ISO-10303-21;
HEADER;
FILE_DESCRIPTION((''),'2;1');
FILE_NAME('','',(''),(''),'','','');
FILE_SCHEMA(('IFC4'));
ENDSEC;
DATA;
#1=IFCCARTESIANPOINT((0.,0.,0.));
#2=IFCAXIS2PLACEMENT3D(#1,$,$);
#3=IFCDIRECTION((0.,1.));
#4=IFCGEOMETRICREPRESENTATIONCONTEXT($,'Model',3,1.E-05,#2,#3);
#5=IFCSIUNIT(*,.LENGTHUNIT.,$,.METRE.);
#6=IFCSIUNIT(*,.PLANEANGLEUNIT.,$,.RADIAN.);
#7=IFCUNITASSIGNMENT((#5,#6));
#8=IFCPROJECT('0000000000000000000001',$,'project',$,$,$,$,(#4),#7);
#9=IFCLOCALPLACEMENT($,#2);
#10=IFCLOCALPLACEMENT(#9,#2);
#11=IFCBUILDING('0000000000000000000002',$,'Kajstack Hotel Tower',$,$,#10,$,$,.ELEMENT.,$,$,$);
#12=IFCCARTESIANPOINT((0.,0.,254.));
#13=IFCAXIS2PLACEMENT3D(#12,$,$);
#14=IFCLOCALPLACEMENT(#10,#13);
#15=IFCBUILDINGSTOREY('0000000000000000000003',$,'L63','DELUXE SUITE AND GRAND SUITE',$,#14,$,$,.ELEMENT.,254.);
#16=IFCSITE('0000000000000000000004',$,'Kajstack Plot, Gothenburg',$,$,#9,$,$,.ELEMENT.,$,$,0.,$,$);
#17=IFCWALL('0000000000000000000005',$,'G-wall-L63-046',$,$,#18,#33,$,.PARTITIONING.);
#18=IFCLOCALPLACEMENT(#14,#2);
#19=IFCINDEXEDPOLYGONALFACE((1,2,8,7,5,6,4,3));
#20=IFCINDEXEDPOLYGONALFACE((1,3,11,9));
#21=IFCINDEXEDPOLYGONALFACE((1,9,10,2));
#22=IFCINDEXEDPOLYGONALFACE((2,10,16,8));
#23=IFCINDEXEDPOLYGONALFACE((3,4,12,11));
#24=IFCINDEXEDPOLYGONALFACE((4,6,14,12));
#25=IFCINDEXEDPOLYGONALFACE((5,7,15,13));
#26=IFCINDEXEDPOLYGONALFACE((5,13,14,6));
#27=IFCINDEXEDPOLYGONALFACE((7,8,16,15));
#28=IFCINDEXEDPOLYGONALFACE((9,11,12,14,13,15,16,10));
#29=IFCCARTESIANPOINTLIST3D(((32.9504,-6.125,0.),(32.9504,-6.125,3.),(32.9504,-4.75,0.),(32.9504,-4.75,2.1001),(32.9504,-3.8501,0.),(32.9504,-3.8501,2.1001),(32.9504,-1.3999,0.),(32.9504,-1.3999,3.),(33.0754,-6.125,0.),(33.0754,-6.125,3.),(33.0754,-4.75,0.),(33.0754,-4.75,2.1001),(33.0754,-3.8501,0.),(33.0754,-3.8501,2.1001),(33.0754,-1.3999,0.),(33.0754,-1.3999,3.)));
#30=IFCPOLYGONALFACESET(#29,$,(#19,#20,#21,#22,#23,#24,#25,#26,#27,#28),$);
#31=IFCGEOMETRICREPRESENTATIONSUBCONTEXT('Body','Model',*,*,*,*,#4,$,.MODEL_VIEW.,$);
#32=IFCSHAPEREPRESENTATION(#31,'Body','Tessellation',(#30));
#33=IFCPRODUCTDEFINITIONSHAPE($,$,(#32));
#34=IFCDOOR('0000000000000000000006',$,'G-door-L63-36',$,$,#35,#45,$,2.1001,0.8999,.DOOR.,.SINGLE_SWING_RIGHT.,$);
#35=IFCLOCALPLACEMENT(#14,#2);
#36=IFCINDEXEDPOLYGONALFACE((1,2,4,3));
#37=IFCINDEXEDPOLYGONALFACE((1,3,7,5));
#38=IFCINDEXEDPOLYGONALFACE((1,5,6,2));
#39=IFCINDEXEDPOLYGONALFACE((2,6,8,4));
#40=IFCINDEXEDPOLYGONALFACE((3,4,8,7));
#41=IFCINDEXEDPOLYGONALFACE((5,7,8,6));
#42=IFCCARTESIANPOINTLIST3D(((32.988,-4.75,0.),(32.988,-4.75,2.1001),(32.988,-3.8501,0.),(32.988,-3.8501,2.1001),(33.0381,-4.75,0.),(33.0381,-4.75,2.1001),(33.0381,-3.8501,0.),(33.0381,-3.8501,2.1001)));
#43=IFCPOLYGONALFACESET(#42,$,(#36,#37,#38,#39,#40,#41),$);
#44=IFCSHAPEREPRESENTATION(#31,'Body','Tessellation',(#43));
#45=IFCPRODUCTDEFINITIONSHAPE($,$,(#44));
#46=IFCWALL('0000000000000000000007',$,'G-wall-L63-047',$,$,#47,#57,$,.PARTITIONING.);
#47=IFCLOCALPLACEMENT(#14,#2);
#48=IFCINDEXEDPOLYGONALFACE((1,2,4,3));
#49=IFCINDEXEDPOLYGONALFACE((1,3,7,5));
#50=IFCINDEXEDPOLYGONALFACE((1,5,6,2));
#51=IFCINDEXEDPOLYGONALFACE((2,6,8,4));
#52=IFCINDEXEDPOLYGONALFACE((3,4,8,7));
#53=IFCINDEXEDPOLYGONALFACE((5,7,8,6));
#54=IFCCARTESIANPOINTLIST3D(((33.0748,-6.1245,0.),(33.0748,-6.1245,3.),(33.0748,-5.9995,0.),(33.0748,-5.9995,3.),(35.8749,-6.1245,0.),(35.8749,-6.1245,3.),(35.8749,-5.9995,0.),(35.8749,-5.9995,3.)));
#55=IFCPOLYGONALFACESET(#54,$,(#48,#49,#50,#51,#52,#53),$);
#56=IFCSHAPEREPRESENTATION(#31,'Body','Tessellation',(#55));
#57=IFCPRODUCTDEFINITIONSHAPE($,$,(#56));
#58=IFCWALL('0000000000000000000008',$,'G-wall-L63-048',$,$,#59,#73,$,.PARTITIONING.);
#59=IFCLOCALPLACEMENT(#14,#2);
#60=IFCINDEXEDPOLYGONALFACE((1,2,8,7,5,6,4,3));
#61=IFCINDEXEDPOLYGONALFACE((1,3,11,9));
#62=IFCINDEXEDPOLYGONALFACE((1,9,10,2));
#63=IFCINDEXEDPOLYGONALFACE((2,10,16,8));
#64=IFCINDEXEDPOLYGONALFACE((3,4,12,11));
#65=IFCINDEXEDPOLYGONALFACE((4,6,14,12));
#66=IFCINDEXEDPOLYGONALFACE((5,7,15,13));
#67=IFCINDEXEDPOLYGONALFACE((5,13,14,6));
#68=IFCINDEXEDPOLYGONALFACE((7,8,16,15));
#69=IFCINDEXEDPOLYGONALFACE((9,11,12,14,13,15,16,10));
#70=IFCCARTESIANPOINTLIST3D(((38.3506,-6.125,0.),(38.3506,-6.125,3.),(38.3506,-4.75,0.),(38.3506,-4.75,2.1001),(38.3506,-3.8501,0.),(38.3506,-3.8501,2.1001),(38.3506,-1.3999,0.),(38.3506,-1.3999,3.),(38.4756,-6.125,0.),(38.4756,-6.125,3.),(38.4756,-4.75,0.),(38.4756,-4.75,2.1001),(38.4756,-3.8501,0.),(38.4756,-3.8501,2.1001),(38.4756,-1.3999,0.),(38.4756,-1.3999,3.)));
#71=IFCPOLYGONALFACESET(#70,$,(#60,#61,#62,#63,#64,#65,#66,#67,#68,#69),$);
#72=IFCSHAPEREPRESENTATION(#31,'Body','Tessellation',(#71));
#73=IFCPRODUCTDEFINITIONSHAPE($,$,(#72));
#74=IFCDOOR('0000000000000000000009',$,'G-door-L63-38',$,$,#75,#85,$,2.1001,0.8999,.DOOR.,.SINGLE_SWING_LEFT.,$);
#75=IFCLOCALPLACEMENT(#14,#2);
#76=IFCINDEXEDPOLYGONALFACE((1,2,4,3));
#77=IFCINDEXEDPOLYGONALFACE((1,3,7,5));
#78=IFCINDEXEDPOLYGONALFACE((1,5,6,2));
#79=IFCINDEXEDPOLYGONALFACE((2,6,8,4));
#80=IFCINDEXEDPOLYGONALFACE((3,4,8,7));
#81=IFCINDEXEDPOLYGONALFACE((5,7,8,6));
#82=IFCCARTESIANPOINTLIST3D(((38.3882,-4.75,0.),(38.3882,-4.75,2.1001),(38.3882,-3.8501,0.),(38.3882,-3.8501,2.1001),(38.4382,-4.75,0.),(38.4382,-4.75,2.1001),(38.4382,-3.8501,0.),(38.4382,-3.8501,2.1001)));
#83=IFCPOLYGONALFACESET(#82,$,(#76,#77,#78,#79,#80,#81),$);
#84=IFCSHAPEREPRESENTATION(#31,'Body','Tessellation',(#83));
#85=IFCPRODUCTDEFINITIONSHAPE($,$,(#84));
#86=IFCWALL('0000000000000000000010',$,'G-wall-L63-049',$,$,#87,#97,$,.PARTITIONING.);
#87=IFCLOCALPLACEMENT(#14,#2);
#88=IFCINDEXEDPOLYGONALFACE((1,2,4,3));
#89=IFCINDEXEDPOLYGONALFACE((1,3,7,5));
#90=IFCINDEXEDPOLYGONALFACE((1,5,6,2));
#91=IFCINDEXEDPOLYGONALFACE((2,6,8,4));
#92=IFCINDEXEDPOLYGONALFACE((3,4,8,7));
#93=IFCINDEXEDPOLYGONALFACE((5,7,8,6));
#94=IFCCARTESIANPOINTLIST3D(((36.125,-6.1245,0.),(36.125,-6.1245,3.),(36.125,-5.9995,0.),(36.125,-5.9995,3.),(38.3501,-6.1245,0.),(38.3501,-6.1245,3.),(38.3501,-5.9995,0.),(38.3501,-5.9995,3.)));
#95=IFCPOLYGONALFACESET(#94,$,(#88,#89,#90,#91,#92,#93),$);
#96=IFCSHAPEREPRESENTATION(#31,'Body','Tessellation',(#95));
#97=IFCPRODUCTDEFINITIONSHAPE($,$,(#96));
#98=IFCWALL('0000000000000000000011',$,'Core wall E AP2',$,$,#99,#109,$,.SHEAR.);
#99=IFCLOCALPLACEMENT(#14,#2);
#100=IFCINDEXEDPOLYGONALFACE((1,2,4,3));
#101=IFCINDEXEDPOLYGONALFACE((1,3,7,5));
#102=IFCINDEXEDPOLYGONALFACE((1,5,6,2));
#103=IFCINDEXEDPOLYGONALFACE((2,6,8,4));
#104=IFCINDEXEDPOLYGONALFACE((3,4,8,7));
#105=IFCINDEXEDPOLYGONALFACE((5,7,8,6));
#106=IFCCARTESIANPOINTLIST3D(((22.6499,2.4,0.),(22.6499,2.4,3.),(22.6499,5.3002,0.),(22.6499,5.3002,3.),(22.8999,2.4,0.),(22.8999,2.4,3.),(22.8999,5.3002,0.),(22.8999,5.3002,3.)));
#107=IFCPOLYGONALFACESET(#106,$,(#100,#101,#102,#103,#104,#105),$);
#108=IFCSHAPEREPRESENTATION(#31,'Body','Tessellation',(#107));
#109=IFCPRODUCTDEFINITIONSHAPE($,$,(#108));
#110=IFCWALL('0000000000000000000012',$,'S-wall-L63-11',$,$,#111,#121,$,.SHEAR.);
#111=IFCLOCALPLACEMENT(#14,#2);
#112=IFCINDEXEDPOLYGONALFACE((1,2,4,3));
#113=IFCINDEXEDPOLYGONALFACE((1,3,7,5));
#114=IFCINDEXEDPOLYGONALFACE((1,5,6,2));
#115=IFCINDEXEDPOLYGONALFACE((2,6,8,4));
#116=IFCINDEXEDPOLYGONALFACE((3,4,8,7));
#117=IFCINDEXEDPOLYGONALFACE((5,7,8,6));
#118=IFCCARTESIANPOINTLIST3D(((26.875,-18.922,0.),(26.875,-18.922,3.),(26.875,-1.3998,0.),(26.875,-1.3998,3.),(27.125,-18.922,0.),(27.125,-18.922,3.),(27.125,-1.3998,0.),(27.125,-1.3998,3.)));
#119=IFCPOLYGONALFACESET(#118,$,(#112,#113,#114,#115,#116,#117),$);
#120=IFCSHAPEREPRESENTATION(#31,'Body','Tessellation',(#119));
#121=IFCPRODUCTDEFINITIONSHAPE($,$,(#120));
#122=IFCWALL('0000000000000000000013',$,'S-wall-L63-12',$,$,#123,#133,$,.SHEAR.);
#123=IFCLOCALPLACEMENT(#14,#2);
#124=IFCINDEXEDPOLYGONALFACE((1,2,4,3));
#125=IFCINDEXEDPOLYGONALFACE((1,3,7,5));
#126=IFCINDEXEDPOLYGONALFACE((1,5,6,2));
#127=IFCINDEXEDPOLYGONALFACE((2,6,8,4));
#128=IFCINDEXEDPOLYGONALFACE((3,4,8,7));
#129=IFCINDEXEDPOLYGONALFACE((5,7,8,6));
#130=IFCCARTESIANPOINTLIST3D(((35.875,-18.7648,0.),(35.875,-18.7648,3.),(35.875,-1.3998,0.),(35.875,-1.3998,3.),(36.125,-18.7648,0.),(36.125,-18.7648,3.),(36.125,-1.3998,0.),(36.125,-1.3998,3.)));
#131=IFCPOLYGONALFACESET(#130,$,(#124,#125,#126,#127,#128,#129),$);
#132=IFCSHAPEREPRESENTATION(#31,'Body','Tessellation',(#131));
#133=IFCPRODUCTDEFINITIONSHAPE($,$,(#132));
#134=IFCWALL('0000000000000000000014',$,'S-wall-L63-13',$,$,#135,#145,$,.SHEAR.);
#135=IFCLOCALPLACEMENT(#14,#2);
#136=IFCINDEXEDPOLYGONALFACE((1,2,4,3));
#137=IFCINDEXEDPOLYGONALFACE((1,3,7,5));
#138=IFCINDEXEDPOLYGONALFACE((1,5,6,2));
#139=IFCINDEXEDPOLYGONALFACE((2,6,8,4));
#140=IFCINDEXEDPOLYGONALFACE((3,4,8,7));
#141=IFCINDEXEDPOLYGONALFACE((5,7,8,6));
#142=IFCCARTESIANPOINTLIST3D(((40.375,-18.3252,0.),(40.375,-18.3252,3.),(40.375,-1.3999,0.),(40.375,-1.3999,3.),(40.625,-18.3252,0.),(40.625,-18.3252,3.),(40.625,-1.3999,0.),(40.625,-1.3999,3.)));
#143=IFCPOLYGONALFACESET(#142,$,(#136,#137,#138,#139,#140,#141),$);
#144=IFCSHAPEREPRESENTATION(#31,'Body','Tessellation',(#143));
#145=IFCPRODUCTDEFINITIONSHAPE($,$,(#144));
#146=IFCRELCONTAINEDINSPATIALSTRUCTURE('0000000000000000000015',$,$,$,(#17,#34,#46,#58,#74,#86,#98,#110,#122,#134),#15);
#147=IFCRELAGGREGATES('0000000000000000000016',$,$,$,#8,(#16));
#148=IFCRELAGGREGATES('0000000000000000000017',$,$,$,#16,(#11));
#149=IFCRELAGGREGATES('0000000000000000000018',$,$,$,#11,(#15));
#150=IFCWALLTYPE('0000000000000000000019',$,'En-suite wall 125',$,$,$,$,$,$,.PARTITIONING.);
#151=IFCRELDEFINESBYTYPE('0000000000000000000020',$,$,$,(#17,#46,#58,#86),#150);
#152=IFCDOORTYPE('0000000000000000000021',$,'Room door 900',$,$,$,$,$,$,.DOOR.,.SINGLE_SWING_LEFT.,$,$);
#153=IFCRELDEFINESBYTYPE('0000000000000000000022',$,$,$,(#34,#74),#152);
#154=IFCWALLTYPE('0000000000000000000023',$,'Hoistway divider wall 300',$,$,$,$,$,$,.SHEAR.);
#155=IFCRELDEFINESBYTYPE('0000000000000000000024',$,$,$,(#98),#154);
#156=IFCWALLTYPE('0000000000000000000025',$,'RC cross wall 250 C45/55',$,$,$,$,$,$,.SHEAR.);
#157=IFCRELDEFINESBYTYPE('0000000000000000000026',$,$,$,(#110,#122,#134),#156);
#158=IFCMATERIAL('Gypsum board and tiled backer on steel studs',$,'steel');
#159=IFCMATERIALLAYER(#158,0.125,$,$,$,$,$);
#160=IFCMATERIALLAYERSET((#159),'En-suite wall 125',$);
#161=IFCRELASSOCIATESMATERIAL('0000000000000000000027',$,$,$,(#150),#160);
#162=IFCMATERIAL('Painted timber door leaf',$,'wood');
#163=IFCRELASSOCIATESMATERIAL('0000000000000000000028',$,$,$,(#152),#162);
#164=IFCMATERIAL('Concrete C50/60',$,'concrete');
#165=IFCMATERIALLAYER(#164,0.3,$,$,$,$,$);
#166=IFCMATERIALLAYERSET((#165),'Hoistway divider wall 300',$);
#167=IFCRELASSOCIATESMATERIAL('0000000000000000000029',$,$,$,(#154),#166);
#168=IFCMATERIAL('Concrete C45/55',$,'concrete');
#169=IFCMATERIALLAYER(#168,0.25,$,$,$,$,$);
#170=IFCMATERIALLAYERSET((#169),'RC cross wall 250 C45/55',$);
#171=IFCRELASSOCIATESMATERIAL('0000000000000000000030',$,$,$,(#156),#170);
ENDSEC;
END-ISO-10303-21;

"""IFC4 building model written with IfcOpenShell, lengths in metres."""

from ifc_helpers import new_model, si_unit, direction, frame, frame_2d, origin, place, context, subcontext, project, spatial, rectangle, extrude, material, layer, layer_set, type_object, element, fill, save


model = new_model("IFC4")

# Units and contexts
model_context = context("Model", 3, precision=1e-05, world=origin(), true_north=direction((0.0, 1.0)))
body_context = subcontext(model_context, "Body", "Model", "MODEL_VIEW")
ifc_project = project(units=[si_unit("LENGTHUNIT", "METRE"), si_unit("PLANEANGLEUNIT", "RADIAN")], contexts=[model_context])

# Site, building, storey
site_placement = place(None, origin())
site = spatial("IfcSite", under=ifc_project, at=site_placement, Name="Kajstack Plot, Gothenburg", CompositionType="ELEMENT", RefElevation=0.0)
building_placement = place(site_placement, origin())
building = spatial("IfcBuilding", under=site, at=building_placement, Name="Kajstack Hotel Tower", CompositionType="ELEMENT")
storey_placement = place(building_placement, frame((0.0, 0.0, 254.0)))
storey = spatial("IfcBuildingStorey", under=building, at=storey_placement, Name="L63", Description="DELUXE SUITE AND GRAND SUITE", CompositionType="ELEMENT", Elevation=254.0)

# Shared definitions
ifc_material_1 = material(Name="Gypsum board and tiled backer on steel studs", Category="steel")
ifc_layer_1 = layer(ifc_material_1, 0.125)
ifc_layer_set_1 = layer_set([ifc_layer_1], Name="En-suite wall 125")
wall_type_1 = type_object("IfcWallType", Name="En-suite wall 125", PredefinedType="PARTITIONING", material=ifc_layer_set_1)
ifc_material_2 = material(Name="Painted timber door leaf", Category="wood")
door_type_1 = type_object("IfcDoorType", Name="Room door 900", OperationType="SINGLE_SWING_LEFT", PredefinedType="DOOR", material=ifc_material_2)

# Wall, opening, door
wall_1_placement = place(storey_placement, frame((33.0129, -6.125, 0.0), z_axis=(0.0, 0.0, 1.0), x_axis=(0.0, 1.0, 0.0)))
wall_1 = element("IfcWall", 1, at=wall_1_placement, inside=storey, type_object=wall_type_1, Name="G-wall-L63-046", PredefinedType="PARTITIONING", context=body_context, shape_type="SweptSolid", body=[
    extrude(rectangle(XDim=4.7251, YDim=0.125, at=frame_2d((2.3625, 0.0))), origin(), (0.0, 0.0, 1.0), 3.0),
])
opening_1_placement = place(wall_1_placement, frame((1.375, 0.0, 0.0)))
opening_1 = element("IfcOpeningElement", 2, at=opening_1_placement, cuts=wall_1, PredefinedType="OPENING", context=body_context, shape_type="SweptSolid", body=[
    extrude(rectangle(XDim=0.8999, YDim=2.1001, at=frame_2d((0.45, 1.05))), frame((0.0, 0.0725, 0.0), z_axis=(0.0, -1.0, 0.0), x_axis=(1.0, 0.0, 0.0)), (0.0, 0.0, 1.0), 0.145),
])
door_1_placement = place(opening_1_placement, origin())
door_1 = element("IfcDoor", 3, at=door_1_placement, inside=storey, type_object=door_type_1, Name="G-door-L63-36", OperationType="SINGLE_SWING_RIGHT", OverallHeight=2.1001, OverallWidth=0.8999, PredefinedType="DOOR", context=body_context, shape_type="SweptSolid", body=[
    extrude(rectangle(XDim=0.8999, YDim=2.1001, at=frame_2d((0.45, 1.05))), frame((0.0, 0.0249, 0.0), z_axis=(0.0, -1.0, 0.0), x_axis=(1.0, 0.0, 0.0)), (0.0, 0.0, 1.0), 0.05),
])
fill(opening_1, door_1)

# Wall
wall_2_placement = place(storey_placement, frame((33.075, -6.062, 0.0), z_axis=(0.0, 0.0, 1.0), x_axis=(1.0, 0.0, 0.0)))
element("IfcWall", 4, at=wall_2_placement, inside=storey, type_object=wall_type_1, Name="G-wall-L63-047", PredefinedType="PARTITIONING", context=body_context, shape_type="SweptSolid", body=[
    extrude(rectangle(XDim=2.8, YDim=0.125, at=frame_2d((1.3999, 0.0))), origin(), (0.0, 0.0, 1.0), 3.0),
])

# Wall, opening, door
wall_3_placement = place(storey_placement, frame((38.4131, -6.125, 0.0), z_axis=(0.0, 0.0, 1.0), x_axis=(0.0, 1.0, 0.0)))
wall_3 = element("IfcWall", 5, at=wall_3_placement, inside=storey, type_object=wall_type_1, Name="G-wall-L63-048", PredefinedType="PARTITIONING", context=body_context, shape_type="SweptSolid", body=[
    extrude(rectangle(XDim=4.7251, YDim=0.125, at=frame_2d((2.3625, 0.0))), origin(), (0.0, 0.0, 1.0), 3.0),
])
opening_2_placement = place(wall_3_placement, frame((1.375, 0.0, 0.0)))
opening_2 = element("IfcOpeningElement", 6, at=opening_2_placement, cuts=wall_3, PredefinedType="OPENING", context=body_context, shape_type="SweptSolid", body=[
    extrude(rectangle(XDim=0.8999, YDim=2.1001, at=frame_2d((0.45, 1.05))), frame((0.0, 0.0725, 0.0), z_axis=(0.0, -1.0, 0.0), x_axis=(1.0, 0.0, 0.0)), (0.0, 0.0, 1.0), 0.145),
])
door_2_placement = place(opening_2_placement, origin())
door_2 = element("IfcDoor", 7, at=door_2_placement, inside=storey, type_object=door_type_1, Name="G-door-L63-38", OperationType="SINGLE_SWING_LEFT", OverallHeight=2.1001, OverallWidth=0.8999, PredefinedType="DOOR", context=body_context, shape_type="SweptSolid", body=[
    extrude(rectangle(XDim=0.8999, YDim=2.1001, at=frame_2d((0.45, 1.05))), frame((0.0, 0.0249, 0.0), z_axis=(0.0, -1.0, 0.0), x_axis=(1.0, 0.0, 0.0)), (0.0, 0.0, 1.0), 0.05),
])
fill(opening_2, door_2)

# Walls
wall_4_placement = place(storey_placement, frame((36.125, -6.062, 0.0), z_axis=(0.0, 0.0, 1.0), x_axis=(1.0, 0.0, 0.0)))
element("IfcWall", 8, at=wall_4_placement, inside=storey, type_object=wall_type_1, Name="G-wall-L63-049", PredefinedType="PARTITIONING", context=body_context, shape_type="SweptSolid", body=[
    extrude(rectangle(XDim=2.2251, YDim=0.125, at=frame_2d((1.1125, 0.0))), origin(), (0.0, 0.0, 1.0), 3.0),
])
ifc_material_3 = material(Name="Concrete C50/60", Category="concrete")
ifc_layer_2 = layer(ifc_material_3, 0.3)
ifc_layer_set_2 = layer_set([ifc_layer_2], Name="Hoistway divider wall 300")
wall_type_2 = type_object("IfcWallType", Name="Hoistway divider wall 300", PredefinedType="SHEAR", material=ifc_layer_set_2)
wall_5_placement = place(storey_placement, frame((22.7749, 2.3999, 0.0), z_axis=(0.0, 0.0, 1.0), x_axis=(0.0, 1.0, 0.0)))
element("IfcWall", 9, at=wall_5_placement, inside=storey, type_object=wall_type_2, Name="Core wall E AP2", PredefinedType="SHEAR", context=body_context, shape_type="SweptSolid", body=[
    extrude(rectangle(XDim=2.9001, YDim=0.25, at=frame_2d((1.4502, 0.0))), origin(), (0.0, 0.0, 1.0), 3.0),
])
ifc_material_4 = material(Name="Concrete C45/55", Category="concrete")
ifc_layer_3 = layer(ifc_material_4, 0.25)
ifc_layer_set_3 = layer_set([ifc_layer_3], Name="RC cross wall 250 C45/55")
wall_type_3 = type_object("IfcWallType", Name="RC cross wall 250 C45/55", PredefinedType="SHEAR", material=ifc_layer_set_3)
wall_6_placement = place(storey_placement, frame((27.0, -18.9221, 0.0), z_axis=(0.0, 0.0, 1.0), x_axis=(0.0, 1.0, 0.0)))
element("IfcWall", 10, at=wall_6_placement, inside=storey, type_object=wall_type_3, Name="S-wall-L63-11", PredefinedType="SHEAR", context=body_context, shape_type="SweptSolid", body=[
    extrude(rectangle(XDim=17.5222, YDim=0.25, at=frame_2d((8.7612, 0.0))), origin(), (0.0, 0.0, 1.0), 3.0),
])
wall_7_placement = place(storey_placement, frame((36.0, -18.7649, 0.0), z_axis=(0.0, 0.0, 1.0), x_axis=(0.0, 1.0, 0.0)))
element("IfcWall", 11, at=wall_7_placement, inside=storey, type_object=wall_type_3, Name="S-wall-L63-12", PredefinedType="SHEAR", context=body_context, shape_type="SweptSolid", body=[
    extrude(rectangle(XDim=17.365, YDim=0.25, at=frame_2d((8.6826, 0.0))), origin(), (0.0, 0.0, 1.0), 3.0),
])
wall_8_placement = place(storey_placement, frame((40.5, -18.3252, 0.0), z_axis=(0.0, 0.0, 1.0), x_axis=(0.0, 1.0, 0.0)))
element("IfcWall", 12, at=wall_8_placement, inside=storey, type_object=wall_type_3, Name="S-wall-L63-13", PredefinedType="SHEAR", context=body_context, shape_type="SweptSolid", body=[
    extrude(rectangle(XDim=16.9253, YDim=0.25, at=frame_2d((8.4626, 0.0))), origin(), (0.0, 0.0, 1.0), 3.0),
])

save(model, "model.ifc")
